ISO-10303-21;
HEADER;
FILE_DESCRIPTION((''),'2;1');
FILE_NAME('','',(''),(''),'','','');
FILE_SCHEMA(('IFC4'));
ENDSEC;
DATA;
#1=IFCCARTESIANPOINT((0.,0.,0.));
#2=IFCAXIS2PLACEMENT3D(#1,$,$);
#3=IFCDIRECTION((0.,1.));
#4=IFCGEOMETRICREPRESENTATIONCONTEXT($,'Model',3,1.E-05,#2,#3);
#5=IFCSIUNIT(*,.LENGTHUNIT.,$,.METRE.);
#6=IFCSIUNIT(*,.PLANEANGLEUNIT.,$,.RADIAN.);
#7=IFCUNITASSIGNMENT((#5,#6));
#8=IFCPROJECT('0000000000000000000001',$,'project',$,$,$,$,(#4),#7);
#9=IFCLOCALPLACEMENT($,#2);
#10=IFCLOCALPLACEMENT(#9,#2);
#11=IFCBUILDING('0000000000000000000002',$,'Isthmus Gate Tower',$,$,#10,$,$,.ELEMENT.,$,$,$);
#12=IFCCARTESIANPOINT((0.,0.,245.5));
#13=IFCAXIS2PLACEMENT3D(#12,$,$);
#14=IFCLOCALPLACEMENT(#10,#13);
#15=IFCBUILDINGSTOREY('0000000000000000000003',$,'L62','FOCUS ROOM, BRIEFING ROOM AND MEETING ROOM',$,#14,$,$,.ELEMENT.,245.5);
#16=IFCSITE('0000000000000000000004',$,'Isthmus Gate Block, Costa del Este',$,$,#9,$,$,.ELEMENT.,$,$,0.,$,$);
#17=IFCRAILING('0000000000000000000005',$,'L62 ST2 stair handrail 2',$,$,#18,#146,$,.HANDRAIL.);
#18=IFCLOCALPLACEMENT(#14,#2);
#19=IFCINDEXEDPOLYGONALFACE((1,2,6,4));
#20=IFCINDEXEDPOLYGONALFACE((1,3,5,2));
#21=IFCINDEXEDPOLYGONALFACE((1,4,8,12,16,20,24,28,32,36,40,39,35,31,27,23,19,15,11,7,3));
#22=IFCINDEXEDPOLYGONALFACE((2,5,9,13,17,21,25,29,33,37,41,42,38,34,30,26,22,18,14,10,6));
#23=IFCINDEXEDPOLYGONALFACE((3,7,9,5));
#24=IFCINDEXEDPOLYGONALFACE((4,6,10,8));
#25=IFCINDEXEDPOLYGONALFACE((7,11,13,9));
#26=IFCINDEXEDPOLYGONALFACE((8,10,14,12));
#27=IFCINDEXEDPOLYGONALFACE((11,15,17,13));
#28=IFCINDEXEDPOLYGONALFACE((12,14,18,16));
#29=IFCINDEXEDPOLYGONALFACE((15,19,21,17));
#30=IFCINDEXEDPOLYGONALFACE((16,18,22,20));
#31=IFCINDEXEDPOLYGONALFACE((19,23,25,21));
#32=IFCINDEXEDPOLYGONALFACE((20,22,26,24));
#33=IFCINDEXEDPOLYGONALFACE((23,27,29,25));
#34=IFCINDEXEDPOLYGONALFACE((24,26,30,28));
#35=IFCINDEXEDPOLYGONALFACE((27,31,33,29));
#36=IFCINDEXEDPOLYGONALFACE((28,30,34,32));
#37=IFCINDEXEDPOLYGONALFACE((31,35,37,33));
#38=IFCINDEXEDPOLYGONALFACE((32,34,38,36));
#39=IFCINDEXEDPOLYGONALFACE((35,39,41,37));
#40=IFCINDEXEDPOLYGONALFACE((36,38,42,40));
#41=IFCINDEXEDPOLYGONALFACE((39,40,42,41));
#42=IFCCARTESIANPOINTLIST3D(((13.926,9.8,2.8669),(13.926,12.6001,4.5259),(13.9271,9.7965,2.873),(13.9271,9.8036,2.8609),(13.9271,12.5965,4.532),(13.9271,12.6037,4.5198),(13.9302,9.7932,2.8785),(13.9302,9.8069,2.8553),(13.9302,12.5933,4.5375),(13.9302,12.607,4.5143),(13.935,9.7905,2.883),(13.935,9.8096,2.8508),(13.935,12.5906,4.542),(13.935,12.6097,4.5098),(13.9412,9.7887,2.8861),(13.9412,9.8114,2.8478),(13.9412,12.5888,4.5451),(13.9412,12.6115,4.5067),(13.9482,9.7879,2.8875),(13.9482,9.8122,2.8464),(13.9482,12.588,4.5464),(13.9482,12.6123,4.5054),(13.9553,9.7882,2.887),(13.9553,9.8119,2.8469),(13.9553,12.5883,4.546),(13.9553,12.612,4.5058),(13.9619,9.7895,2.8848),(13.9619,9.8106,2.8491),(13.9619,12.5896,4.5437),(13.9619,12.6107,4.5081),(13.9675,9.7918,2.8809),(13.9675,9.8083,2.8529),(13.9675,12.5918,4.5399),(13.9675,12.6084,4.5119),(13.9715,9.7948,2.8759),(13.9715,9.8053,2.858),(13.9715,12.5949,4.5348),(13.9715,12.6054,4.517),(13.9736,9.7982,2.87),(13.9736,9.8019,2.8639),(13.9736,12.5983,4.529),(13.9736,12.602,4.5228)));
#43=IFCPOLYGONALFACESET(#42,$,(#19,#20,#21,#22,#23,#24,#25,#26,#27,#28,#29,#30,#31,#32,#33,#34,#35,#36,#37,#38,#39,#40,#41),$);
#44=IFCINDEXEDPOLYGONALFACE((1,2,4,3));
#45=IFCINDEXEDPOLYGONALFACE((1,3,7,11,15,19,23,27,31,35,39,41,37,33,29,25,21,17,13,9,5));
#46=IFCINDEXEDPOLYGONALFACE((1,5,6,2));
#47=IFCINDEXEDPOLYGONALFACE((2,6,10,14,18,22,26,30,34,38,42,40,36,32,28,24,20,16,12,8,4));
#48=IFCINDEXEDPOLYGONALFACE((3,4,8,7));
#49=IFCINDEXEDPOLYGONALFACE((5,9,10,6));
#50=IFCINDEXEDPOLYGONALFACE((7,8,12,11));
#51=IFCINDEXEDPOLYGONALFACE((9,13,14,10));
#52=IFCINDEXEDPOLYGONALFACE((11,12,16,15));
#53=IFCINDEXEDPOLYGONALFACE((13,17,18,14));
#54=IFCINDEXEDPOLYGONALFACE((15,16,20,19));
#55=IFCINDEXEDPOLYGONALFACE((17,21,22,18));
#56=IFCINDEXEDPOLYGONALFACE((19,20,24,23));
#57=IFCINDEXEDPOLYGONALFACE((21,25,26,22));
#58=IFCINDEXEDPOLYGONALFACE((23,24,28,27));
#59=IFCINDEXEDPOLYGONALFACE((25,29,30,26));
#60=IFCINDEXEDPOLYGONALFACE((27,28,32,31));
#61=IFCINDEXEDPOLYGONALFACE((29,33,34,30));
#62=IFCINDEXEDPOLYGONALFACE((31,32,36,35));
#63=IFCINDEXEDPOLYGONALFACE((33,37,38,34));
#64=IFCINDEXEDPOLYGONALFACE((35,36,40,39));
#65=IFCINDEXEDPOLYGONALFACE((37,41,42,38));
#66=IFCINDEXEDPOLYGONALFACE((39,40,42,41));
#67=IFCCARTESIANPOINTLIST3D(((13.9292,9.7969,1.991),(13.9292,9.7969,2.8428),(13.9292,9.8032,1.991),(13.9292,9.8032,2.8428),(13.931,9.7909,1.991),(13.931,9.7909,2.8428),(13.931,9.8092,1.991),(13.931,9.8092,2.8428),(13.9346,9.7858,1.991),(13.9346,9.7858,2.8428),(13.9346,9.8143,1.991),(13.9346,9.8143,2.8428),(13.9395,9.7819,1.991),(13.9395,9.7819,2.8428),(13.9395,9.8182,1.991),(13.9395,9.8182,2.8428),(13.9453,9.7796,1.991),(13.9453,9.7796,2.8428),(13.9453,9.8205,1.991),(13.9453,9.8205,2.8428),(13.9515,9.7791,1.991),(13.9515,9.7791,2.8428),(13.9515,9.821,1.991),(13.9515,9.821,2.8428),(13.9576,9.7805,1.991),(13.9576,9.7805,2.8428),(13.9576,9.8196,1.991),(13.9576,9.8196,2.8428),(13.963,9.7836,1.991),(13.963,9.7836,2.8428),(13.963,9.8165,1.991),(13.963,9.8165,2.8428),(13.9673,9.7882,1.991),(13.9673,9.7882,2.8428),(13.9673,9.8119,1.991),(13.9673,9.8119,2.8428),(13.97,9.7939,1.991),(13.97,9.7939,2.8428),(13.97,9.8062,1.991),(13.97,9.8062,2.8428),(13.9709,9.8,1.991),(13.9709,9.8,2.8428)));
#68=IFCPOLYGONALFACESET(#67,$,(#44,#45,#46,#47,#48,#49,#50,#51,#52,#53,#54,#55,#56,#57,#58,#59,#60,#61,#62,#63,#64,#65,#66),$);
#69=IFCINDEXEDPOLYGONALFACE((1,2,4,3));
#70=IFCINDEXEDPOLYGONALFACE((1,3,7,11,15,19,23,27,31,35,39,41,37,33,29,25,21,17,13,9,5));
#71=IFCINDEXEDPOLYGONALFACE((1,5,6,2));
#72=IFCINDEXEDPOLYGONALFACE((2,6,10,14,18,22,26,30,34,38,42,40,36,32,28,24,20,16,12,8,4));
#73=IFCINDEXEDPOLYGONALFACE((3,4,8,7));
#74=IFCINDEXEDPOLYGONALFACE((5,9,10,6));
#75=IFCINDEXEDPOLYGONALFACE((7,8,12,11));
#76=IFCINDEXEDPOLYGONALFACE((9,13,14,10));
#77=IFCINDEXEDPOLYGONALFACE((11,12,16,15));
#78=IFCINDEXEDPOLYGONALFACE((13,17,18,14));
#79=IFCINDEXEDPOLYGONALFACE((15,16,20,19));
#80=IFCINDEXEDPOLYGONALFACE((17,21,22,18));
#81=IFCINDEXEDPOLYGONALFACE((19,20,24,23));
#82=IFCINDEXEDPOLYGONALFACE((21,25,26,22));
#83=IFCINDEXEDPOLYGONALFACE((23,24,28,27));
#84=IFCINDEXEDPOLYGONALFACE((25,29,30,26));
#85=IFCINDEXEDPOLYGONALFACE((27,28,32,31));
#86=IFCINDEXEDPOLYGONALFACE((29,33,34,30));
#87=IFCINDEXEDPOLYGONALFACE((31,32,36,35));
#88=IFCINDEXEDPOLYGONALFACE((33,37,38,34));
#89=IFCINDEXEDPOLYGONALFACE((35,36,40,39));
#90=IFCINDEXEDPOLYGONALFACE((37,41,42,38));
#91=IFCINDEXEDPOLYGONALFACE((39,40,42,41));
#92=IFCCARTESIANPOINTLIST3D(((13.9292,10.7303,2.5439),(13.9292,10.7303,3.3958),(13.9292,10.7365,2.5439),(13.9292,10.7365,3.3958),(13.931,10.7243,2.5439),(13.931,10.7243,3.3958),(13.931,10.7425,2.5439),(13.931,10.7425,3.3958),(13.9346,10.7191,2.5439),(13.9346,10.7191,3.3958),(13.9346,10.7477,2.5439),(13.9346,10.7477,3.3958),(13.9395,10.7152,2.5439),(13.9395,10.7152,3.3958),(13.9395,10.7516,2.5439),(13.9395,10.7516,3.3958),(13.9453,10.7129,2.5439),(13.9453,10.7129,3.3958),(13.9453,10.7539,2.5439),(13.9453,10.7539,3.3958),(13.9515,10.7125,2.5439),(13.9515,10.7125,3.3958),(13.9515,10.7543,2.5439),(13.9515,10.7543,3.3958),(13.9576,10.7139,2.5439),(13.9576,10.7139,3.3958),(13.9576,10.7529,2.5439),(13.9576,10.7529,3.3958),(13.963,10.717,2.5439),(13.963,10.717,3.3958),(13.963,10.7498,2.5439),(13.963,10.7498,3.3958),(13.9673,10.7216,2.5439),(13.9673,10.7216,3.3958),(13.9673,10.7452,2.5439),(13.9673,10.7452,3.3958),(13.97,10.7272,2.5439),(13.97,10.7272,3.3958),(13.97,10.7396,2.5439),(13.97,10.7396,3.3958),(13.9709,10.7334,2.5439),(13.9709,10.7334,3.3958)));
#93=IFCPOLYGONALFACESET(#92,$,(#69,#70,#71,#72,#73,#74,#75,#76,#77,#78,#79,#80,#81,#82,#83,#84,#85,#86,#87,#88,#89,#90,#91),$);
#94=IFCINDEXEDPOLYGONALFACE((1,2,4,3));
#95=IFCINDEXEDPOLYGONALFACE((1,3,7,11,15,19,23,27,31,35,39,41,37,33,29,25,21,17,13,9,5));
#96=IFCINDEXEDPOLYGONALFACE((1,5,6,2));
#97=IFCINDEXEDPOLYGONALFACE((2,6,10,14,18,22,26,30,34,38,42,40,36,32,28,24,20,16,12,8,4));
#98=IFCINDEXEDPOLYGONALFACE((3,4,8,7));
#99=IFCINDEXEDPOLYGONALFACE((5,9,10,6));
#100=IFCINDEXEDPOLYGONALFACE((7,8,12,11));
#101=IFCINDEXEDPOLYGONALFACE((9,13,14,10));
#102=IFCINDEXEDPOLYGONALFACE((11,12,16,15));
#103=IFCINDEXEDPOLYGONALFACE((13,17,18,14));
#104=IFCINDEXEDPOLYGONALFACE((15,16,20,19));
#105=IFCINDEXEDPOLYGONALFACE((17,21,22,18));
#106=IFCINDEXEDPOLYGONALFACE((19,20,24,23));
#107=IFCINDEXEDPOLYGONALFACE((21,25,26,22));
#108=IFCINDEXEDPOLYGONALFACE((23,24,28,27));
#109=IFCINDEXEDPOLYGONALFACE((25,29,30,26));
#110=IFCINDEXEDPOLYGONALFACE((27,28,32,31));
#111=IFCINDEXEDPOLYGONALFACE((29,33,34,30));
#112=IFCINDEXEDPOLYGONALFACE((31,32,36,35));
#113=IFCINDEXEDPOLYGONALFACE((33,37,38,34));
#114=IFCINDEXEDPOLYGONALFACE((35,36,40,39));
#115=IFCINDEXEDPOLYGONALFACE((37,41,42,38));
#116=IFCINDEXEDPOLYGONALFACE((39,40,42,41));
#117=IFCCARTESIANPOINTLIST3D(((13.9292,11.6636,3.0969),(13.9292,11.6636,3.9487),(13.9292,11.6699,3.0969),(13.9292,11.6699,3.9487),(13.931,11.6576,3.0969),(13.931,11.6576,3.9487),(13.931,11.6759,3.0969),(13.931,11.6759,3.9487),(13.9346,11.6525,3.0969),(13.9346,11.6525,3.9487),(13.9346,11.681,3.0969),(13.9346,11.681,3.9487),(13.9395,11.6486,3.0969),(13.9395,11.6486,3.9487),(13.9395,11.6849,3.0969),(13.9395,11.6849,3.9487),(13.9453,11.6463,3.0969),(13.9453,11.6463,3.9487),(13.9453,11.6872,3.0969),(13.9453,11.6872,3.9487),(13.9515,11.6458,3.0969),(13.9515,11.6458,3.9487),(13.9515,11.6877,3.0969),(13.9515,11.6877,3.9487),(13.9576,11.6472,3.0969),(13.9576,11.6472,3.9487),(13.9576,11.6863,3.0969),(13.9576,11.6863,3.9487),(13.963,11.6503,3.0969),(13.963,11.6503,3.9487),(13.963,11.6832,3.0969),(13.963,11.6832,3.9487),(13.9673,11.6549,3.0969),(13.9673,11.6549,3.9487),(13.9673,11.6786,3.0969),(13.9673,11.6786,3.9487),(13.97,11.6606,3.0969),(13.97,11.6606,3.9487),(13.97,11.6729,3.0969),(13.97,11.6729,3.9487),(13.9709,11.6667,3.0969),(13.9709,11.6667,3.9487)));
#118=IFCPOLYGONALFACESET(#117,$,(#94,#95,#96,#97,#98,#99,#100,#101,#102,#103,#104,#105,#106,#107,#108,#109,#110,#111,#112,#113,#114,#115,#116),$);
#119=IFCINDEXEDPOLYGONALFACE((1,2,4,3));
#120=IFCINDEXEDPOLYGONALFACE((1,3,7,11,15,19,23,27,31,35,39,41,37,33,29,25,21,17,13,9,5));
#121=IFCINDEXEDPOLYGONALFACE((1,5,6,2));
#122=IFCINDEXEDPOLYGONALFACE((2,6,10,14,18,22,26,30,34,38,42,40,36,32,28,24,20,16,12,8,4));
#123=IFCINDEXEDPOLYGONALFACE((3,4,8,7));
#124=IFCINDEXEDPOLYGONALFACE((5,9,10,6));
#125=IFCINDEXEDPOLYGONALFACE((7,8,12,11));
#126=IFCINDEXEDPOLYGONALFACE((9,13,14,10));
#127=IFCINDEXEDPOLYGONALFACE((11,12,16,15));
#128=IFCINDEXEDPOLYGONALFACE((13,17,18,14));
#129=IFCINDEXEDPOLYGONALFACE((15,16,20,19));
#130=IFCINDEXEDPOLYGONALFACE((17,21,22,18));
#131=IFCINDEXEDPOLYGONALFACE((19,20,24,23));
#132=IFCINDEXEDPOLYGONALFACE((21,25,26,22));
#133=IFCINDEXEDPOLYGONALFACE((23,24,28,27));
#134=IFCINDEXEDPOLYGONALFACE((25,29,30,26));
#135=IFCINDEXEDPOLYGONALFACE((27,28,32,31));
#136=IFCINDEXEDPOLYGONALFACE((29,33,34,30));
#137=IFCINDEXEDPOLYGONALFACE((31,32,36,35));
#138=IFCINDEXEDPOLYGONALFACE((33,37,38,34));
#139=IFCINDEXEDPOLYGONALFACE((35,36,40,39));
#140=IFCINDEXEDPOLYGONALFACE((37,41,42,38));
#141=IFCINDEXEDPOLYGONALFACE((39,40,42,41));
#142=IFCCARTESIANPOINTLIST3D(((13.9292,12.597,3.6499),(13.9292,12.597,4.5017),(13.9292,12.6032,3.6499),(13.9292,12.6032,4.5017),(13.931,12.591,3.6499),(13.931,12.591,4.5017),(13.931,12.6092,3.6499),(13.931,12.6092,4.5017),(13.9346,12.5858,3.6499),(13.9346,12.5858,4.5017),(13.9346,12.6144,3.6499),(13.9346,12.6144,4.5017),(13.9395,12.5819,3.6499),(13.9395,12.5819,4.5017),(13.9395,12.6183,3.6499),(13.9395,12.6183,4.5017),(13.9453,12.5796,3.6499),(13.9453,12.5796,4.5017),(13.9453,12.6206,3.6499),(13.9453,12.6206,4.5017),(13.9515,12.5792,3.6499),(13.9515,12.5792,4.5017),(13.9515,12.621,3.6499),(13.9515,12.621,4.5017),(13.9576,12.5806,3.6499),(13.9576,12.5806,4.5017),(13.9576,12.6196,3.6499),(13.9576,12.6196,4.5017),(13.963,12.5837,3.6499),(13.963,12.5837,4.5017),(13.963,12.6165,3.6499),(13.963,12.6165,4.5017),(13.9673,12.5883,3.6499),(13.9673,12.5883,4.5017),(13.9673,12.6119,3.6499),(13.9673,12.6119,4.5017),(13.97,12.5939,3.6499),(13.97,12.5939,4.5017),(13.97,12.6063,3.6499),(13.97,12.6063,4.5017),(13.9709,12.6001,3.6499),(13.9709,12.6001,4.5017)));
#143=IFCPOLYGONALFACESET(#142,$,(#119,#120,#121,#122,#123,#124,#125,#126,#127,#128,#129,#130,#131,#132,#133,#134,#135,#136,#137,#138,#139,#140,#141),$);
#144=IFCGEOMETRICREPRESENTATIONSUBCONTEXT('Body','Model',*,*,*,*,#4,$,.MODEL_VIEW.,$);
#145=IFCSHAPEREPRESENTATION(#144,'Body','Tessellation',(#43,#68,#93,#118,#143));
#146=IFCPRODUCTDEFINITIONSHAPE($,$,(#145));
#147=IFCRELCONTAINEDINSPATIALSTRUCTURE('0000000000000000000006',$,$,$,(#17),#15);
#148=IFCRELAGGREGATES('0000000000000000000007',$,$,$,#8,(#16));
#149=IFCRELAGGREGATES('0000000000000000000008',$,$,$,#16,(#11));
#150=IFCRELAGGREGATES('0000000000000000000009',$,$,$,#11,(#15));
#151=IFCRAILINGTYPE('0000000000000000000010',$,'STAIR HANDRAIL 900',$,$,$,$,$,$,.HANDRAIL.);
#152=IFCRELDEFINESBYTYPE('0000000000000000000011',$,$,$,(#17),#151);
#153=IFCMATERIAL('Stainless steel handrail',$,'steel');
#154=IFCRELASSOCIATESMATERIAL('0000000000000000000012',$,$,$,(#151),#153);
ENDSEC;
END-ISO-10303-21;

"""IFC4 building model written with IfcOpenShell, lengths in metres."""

from ifc_helpers import new_model, si_unit, direction, frame, origin, origin_2d, place, context, subcontext, project, spatial, circle, extrude, material, type_object, element, save


model = new_model("IFC4")

# Units and contexts
model_context = context("Model", 3, precision=1e-05, world=origin(), true_north=direction((0.0, 1.0)))
body_context = subcontext(model_context, "Body", "Model", "MODEL_VIEW")
ifc_project = project(units=[si_unit("LENGTHUNIT", "METRE"), si_unit("PLANEANGLEUNIT", "RADIAN")], contexts=[model_context])

# Site, building, storey
site_placement = place(None, origin())
site = spatial("IfcSite", under=ifc_project, at=site_placement, Name="Isthmus Gate Block, Costa del Este", CompositionType="ELEMENT", RefElevation=0.0)
building_placement = place(site_placement, origin())
building = spatial("IfcBuilding", under=site, at=building_placement, Name="Isthmus Gate Tower", CompositionType="ELEMENT")
storey_placement = place(building_placement, frame((0.0, 0.0, 245.5)))
storey = spatial("IfcBuildingStorey", under=building, at=storey_placement, Name="L62", Description="FOCUS ROOM, BRIEFING ROOM AND MEETING ROOM", CompositionType="ELEMENT", Elevation=245.5)

# Railing
ifc_material_1 = material(Name="Stainless steel handrail", Category="steel")
railing_type_1 = type_object("IfcRailingType", Name="STAIR HANDRAIL 900", PredefinedType="HANDRAIL", material=ifc_material_1)
railing_1_placement = place(storey_placement, frame((13.95, 9.8, 1.991)))
element("IfcRailing", 1, at=railing_1_placement, inside=storey, type_object=railing_type_1, Name="L62 ST2 stair handrail 2", PredefinedType="HANDRAIL", context=body_context, shape_type="SweptSolid", body=[
    extrude(circle(Radius=0.0239, at=origin_2d()), frame((0.0, 0.0, 0.876), z_axis=(0.0, 0.860339, 0.509722), x_axis=(-1.0, 0.0, 0.0)), (0.0, 0.0, 1.0), 3.2546),
    extrude(circle(Radius=0.021, at=origin_2d()), origin(), (0.0, 0.0, 1.0), 0.8518),
    extrude(circle(Radius=0.021, at=origin_2d()), frame((0.0, 0.9333, 0.553)), (0.0, 0.0, 1.0), 0.8518),
    extrude(circle(Radius=0.021, at=origin_2d()), frame((0.0, 1.8667, 1.106)), (0.0, 0.0, 1.0), 0.8518),
    extrude(circle(Radius=0.021, at=origin_2d()), frame((0.0, 2.8, 1.6589)), (0.0, 0.0, 1.0), 0.8518),
])

save(model, "model.ifc")
